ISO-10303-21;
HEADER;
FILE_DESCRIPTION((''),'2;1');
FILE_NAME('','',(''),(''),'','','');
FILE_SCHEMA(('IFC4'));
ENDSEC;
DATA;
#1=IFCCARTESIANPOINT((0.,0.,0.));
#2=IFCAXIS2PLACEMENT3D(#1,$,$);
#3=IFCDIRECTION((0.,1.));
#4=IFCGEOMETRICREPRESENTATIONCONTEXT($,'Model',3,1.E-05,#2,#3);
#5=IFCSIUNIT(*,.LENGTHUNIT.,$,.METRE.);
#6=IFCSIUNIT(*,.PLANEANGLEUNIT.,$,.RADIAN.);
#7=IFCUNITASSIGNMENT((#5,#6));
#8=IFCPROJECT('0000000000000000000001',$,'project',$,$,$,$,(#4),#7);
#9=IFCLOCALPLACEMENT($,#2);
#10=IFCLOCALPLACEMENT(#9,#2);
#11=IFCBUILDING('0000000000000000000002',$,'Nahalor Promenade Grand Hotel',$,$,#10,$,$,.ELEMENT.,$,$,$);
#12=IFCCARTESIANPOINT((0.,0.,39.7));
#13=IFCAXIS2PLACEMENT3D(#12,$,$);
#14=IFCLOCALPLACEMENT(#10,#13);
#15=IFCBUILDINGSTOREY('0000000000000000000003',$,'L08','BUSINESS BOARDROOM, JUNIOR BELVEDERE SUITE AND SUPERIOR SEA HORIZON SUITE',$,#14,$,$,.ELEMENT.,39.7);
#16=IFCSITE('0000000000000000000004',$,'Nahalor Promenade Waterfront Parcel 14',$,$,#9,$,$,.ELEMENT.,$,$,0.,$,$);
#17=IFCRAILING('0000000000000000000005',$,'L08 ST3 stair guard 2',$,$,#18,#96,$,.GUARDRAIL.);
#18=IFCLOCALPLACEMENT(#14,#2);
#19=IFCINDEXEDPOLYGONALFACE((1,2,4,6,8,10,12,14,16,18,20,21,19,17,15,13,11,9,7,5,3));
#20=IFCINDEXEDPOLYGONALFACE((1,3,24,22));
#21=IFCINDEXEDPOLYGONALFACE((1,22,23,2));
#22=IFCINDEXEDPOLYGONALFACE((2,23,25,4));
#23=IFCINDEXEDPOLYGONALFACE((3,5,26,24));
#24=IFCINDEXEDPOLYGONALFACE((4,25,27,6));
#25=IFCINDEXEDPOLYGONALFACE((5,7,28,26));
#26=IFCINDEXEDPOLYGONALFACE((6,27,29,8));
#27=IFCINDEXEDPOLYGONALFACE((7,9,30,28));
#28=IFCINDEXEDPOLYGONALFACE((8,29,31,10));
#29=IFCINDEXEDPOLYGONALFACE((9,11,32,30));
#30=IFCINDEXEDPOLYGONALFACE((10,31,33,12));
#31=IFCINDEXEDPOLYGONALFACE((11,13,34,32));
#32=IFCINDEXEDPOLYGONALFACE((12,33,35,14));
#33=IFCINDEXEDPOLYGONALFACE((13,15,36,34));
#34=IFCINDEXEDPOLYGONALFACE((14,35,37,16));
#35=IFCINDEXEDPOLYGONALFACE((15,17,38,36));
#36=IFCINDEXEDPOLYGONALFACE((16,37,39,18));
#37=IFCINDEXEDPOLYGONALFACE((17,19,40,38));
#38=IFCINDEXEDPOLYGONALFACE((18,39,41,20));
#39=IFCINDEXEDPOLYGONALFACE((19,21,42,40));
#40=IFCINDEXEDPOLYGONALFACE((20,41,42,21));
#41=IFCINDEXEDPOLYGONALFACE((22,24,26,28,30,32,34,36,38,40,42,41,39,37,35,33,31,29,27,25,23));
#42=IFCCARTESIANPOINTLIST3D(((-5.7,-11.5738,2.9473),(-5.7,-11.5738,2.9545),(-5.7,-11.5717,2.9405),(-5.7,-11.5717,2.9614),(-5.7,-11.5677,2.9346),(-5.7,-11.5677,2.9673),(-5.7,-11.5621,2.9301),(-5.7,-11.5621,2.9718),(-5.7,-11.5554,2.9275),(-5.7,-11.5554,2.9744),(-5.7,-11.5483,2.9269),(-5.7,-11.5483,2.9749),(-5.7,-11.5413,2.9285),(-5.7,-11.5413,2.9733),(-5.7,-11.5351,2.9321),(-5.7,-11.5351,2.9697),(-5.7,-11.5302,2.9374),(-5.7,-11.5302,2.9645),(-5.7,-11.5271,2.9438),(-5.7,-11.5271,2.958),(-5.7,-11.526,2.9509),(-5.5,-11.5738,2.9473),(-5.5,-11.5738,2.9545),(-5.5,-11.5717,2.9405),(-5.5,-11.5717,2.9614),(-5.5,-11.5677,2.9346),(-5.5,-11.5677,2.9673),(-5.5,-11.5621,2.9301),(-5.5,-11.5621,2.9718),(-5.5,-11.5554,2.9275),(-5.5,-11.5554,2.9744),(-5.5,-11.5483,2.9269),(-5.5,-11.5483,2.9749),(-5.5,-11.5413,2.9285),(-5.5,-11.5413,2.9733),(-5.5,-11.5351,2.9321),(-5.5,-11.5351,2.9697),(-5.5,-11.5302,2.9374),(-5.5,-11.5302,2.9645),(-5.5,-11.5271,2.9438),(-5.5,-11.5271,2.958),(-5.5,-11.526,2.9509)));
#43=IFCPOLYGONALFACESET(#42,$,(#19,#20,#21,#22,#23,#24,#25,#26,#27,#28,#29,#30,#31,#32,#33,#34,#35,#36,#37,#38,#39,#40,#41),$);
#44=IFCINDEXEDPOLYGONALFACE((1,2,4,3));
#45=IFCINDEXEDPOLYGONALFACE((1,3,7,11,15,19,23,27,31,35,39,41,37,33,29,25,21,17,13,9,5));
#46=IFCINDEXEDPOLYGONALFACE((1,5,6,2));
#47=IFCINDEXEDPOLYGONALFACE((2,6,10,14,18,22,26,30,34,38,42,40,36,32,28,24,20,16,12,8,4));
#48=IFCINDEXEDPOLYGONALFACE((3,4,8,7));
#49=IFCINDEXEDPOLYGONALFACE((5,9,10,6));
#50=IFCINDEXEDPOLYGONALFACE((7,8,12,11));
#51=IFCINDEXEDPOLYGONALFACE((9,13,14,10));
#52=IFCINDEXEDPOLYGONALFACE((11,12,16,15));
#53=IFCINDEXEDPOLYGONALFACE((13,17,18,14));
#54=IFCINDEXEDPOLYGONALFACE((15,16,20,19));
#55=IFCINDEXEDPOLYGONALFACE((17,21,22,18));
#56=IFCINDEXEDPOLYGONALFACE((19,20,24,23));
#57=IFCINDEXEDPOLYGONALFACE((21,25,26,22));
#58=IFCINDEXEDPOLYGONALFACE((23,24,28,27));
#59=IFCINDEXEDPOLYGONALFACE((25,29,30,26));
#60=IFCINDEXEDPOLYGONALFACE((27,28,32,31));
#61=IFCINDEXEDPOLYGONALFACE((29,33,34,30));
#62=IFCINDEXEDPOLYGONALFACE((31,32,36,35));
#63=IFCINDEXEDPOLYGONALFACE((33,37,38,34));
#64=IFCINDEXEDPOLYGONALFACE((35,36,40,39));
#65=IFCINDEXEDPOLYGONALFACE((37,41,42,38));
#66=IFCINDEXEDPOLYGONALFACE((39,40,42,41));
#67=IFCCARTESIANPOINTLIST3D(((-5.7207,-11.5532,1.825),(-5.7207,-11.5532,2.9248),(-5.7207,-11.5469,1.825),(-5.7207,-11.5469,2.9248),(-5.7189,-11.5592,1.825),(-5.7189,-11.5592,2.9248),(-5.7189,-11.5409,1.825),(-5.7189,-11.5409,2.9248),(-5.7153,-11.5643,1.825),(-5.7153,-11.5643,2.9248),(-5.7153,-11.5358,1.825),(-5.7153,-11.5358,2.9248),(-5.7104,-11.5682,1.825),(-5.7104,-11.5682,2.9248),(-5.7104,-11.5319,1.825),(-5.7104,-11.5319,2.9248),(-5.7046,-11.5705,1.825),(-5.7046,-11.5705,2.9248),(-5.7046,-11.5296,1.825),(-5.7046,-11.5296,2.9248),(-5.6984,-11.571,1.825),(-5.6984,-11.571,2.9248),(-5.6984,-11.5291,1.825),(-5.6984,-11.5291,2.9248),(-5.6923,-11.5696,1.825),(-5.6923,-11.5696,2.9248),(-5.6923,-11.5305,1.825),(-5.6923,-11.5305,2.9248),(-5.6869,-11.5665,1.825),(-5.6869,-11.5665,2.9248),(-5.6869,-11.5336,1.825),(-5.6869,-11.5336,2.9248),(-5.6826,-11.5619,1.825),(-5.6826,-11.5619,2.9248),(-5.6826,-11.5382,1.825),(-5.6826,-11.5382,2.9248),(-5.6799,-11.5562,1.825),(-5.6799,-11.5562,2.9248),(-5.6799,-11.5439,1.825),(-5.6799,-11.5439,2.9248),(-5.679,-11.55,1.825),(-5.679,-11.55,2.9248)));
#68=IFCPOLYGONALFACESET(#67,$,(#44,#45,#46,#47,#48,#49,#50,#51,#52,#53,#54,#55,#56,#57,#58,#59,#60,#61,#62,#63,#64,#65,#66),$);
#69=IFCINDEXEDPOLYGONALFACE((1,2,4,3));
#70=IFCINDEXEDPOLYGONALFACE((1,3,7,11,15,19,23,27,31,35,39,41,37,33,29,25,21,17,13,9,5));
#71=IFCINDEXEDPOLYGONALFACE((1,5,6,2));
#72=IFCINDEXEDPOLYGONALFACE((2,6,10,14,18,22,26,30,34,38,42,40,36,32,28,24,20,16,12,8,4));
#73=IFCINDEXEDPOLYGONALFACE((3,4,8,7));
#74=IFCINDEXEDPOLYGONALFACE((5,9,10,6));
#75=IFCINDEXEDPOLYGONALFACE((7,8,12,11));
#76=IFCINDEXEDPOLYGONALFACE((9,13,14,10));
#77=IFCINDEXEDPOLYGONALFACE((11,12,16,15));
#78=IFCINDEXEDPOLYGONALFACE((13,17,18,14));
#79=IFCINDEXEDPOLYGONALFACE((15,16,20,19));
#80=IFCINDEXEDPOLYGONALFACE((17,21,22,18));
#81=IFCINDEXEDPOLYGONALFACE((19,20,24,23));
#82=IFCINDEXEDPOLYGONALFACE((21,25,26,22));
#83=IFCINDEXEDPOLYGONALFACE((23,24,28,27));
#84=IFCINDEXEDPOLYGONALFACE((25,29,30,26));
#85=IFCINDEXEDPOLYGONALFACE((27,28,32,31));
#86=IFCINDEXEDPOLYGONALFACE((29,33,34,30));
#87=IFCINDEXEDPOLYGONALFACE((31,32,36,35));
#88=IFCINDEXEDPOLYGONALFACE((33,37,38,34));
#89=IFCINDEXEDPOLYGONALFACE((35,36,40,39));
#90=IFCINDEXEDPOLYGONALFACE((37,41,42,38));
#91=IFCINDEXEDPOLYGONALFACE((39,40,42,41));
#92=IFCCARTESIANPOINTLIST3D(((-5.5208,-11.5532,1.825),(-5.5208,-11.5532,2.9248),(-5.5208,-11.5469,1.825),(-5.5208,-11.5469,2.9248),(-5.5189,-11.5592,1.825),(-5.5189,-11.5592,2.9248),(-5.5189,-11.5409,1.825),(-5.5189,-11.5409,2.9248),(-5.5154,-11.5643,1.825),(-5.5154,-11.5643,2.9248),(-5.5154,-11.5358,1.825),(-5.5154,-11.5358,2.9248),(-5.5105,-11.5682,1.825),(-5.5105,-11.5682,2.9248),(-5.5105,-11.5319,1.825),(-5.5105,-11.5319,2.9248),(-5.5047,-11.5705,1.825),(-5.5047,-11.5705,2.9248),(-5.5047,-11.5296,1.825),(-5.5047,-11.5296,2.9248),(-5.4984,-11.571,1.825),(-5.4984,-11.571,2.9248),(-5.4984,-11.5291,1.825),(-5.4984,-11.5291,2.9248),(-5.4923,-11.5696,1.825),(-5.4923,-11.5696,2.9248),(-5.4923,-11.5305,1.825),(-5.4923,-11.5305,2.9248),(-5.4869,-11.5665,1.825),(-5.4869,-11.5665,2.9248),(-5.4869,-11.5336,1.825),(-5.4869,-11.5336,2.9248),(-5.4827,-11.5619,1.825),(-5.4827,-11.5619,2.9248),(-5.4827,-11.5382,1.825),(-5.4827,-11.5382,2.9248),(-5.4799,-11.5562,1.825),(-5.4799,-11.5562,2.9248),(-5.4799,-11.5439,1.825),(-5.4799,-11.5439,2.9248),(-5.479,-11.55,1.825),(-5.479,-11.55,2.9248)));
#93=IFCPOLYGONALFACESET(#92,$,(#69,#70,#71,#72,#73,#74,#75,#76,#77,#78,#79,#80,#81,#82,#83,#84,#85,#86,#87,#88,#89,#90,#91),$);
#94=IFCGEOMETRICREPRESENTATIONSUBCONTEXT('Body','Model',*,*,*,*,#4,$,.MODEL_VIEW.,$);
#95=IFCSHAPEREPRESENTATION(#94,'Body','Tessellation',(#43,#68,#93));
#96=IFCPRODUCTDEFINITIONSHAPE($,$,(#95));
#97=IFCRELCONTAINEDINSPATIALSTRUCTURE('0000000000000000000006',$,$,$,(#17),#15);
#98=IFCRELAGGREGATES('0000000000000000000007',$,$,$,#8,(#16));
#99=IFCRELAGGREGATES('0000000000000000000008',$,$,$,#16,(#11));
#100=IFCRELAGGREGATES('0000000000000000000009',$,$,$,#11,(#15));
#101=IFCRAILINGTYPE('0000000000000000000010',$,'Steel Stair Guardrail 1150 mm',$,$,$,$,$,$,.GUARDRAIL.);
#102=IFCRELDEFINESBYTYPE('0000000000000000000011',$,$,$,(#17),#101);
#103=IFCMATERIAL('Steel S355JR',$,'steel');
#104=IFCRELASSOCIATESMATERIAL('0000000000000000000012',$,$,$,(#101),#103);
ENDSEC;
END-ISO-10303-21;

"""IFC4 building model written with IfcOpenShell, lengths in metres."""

from ifc_helpers import new_model, si_unit, direction, frame, origin, origin_2d, place, context, subcontext, project, spatial, circle, extrude, material, type_object, element, save


model = new_model("IFC4")

# Units and contexts
model_context = context("Model", 3, precision=1e-05, world=origin(), true_north=direction((0.0, 1.0)))
body_context = subcontext(model_context, "Body", "Model", "MODEL_VIEW")
ifc_project = project(units=[si_unit("LENGTHUNIT", "METRE"), si_unit("PLANEANGLEUNIT", "RADIAN")], contexts=[model_context])

# Site, building, storey
site_placement = place(None, origin())
site = spatial("IfcSite", under=ifc_project, at=site_placement, Name="Nahalor Promenade Waterfront Parcel 14", CompositionType="ELEMENT", RefElevation=0.0)
building_placement = place(site_placement, origin())
building = spatial("IfcBuilding", under=site, at=building_placement, Name="Nahalor Promenade Grand Hotel", CompositionType="ELEMENT")
storey_placement = place(building_placement, frame((0.0, 0.0, 39.7)))
storey = spatial("IfcBuildingStorey", under=building, at=storey_placement, Name="L08", Description="BUSINESS BOARDROOM, JUNIOR BELVEDERE SUITE AND SUPERIOR SEA HORIZON SUITE", CompositionType="ELEMENT", Elevation=39.7)

# Shared definitions
ifc_material_1 = material(Name="Steel S355JR", Category="steel")

# Railing
railing_type_1 = type_object("IfcRailingType", Name="Steel Stair Guardrail 1150 mm", PredefinedType="GUARDRAIL", material=ifc_material_1)
railing_1_placement = place(storey_placement, frame((-5.7, -11.55, 1.825)))
element("IfcRailing", 1, at=railing_1_placement, inside=storey, type_object=railing_type_1, Name="L08 ST3 stair guard 2", PredefinedType="GUARDRAIL", context=body_context, shape_type="SweptSolid", body=[
    extrude(circle(Radius=0.024, at=origin_2d()), frame((0.0, 0.0, 1.126), z_axis=(1.0, 0.0, 0.0), x_axis=(0.0, 1.0, 0.0)), (0.0, 0.0, 1.0), 0.2),
    extrude(circle(Radius=0.021, at=origin_2d()), origin(), (0.0, 0.0, 1.0), 1.0999),
    extrude(circle(Radius=0.021, at=origin_2d()), frame((0.2, 0.0, 0.0)), (0.0, 0.0, 1.0), 1.0999),
])

save(model, "model.ifc")
